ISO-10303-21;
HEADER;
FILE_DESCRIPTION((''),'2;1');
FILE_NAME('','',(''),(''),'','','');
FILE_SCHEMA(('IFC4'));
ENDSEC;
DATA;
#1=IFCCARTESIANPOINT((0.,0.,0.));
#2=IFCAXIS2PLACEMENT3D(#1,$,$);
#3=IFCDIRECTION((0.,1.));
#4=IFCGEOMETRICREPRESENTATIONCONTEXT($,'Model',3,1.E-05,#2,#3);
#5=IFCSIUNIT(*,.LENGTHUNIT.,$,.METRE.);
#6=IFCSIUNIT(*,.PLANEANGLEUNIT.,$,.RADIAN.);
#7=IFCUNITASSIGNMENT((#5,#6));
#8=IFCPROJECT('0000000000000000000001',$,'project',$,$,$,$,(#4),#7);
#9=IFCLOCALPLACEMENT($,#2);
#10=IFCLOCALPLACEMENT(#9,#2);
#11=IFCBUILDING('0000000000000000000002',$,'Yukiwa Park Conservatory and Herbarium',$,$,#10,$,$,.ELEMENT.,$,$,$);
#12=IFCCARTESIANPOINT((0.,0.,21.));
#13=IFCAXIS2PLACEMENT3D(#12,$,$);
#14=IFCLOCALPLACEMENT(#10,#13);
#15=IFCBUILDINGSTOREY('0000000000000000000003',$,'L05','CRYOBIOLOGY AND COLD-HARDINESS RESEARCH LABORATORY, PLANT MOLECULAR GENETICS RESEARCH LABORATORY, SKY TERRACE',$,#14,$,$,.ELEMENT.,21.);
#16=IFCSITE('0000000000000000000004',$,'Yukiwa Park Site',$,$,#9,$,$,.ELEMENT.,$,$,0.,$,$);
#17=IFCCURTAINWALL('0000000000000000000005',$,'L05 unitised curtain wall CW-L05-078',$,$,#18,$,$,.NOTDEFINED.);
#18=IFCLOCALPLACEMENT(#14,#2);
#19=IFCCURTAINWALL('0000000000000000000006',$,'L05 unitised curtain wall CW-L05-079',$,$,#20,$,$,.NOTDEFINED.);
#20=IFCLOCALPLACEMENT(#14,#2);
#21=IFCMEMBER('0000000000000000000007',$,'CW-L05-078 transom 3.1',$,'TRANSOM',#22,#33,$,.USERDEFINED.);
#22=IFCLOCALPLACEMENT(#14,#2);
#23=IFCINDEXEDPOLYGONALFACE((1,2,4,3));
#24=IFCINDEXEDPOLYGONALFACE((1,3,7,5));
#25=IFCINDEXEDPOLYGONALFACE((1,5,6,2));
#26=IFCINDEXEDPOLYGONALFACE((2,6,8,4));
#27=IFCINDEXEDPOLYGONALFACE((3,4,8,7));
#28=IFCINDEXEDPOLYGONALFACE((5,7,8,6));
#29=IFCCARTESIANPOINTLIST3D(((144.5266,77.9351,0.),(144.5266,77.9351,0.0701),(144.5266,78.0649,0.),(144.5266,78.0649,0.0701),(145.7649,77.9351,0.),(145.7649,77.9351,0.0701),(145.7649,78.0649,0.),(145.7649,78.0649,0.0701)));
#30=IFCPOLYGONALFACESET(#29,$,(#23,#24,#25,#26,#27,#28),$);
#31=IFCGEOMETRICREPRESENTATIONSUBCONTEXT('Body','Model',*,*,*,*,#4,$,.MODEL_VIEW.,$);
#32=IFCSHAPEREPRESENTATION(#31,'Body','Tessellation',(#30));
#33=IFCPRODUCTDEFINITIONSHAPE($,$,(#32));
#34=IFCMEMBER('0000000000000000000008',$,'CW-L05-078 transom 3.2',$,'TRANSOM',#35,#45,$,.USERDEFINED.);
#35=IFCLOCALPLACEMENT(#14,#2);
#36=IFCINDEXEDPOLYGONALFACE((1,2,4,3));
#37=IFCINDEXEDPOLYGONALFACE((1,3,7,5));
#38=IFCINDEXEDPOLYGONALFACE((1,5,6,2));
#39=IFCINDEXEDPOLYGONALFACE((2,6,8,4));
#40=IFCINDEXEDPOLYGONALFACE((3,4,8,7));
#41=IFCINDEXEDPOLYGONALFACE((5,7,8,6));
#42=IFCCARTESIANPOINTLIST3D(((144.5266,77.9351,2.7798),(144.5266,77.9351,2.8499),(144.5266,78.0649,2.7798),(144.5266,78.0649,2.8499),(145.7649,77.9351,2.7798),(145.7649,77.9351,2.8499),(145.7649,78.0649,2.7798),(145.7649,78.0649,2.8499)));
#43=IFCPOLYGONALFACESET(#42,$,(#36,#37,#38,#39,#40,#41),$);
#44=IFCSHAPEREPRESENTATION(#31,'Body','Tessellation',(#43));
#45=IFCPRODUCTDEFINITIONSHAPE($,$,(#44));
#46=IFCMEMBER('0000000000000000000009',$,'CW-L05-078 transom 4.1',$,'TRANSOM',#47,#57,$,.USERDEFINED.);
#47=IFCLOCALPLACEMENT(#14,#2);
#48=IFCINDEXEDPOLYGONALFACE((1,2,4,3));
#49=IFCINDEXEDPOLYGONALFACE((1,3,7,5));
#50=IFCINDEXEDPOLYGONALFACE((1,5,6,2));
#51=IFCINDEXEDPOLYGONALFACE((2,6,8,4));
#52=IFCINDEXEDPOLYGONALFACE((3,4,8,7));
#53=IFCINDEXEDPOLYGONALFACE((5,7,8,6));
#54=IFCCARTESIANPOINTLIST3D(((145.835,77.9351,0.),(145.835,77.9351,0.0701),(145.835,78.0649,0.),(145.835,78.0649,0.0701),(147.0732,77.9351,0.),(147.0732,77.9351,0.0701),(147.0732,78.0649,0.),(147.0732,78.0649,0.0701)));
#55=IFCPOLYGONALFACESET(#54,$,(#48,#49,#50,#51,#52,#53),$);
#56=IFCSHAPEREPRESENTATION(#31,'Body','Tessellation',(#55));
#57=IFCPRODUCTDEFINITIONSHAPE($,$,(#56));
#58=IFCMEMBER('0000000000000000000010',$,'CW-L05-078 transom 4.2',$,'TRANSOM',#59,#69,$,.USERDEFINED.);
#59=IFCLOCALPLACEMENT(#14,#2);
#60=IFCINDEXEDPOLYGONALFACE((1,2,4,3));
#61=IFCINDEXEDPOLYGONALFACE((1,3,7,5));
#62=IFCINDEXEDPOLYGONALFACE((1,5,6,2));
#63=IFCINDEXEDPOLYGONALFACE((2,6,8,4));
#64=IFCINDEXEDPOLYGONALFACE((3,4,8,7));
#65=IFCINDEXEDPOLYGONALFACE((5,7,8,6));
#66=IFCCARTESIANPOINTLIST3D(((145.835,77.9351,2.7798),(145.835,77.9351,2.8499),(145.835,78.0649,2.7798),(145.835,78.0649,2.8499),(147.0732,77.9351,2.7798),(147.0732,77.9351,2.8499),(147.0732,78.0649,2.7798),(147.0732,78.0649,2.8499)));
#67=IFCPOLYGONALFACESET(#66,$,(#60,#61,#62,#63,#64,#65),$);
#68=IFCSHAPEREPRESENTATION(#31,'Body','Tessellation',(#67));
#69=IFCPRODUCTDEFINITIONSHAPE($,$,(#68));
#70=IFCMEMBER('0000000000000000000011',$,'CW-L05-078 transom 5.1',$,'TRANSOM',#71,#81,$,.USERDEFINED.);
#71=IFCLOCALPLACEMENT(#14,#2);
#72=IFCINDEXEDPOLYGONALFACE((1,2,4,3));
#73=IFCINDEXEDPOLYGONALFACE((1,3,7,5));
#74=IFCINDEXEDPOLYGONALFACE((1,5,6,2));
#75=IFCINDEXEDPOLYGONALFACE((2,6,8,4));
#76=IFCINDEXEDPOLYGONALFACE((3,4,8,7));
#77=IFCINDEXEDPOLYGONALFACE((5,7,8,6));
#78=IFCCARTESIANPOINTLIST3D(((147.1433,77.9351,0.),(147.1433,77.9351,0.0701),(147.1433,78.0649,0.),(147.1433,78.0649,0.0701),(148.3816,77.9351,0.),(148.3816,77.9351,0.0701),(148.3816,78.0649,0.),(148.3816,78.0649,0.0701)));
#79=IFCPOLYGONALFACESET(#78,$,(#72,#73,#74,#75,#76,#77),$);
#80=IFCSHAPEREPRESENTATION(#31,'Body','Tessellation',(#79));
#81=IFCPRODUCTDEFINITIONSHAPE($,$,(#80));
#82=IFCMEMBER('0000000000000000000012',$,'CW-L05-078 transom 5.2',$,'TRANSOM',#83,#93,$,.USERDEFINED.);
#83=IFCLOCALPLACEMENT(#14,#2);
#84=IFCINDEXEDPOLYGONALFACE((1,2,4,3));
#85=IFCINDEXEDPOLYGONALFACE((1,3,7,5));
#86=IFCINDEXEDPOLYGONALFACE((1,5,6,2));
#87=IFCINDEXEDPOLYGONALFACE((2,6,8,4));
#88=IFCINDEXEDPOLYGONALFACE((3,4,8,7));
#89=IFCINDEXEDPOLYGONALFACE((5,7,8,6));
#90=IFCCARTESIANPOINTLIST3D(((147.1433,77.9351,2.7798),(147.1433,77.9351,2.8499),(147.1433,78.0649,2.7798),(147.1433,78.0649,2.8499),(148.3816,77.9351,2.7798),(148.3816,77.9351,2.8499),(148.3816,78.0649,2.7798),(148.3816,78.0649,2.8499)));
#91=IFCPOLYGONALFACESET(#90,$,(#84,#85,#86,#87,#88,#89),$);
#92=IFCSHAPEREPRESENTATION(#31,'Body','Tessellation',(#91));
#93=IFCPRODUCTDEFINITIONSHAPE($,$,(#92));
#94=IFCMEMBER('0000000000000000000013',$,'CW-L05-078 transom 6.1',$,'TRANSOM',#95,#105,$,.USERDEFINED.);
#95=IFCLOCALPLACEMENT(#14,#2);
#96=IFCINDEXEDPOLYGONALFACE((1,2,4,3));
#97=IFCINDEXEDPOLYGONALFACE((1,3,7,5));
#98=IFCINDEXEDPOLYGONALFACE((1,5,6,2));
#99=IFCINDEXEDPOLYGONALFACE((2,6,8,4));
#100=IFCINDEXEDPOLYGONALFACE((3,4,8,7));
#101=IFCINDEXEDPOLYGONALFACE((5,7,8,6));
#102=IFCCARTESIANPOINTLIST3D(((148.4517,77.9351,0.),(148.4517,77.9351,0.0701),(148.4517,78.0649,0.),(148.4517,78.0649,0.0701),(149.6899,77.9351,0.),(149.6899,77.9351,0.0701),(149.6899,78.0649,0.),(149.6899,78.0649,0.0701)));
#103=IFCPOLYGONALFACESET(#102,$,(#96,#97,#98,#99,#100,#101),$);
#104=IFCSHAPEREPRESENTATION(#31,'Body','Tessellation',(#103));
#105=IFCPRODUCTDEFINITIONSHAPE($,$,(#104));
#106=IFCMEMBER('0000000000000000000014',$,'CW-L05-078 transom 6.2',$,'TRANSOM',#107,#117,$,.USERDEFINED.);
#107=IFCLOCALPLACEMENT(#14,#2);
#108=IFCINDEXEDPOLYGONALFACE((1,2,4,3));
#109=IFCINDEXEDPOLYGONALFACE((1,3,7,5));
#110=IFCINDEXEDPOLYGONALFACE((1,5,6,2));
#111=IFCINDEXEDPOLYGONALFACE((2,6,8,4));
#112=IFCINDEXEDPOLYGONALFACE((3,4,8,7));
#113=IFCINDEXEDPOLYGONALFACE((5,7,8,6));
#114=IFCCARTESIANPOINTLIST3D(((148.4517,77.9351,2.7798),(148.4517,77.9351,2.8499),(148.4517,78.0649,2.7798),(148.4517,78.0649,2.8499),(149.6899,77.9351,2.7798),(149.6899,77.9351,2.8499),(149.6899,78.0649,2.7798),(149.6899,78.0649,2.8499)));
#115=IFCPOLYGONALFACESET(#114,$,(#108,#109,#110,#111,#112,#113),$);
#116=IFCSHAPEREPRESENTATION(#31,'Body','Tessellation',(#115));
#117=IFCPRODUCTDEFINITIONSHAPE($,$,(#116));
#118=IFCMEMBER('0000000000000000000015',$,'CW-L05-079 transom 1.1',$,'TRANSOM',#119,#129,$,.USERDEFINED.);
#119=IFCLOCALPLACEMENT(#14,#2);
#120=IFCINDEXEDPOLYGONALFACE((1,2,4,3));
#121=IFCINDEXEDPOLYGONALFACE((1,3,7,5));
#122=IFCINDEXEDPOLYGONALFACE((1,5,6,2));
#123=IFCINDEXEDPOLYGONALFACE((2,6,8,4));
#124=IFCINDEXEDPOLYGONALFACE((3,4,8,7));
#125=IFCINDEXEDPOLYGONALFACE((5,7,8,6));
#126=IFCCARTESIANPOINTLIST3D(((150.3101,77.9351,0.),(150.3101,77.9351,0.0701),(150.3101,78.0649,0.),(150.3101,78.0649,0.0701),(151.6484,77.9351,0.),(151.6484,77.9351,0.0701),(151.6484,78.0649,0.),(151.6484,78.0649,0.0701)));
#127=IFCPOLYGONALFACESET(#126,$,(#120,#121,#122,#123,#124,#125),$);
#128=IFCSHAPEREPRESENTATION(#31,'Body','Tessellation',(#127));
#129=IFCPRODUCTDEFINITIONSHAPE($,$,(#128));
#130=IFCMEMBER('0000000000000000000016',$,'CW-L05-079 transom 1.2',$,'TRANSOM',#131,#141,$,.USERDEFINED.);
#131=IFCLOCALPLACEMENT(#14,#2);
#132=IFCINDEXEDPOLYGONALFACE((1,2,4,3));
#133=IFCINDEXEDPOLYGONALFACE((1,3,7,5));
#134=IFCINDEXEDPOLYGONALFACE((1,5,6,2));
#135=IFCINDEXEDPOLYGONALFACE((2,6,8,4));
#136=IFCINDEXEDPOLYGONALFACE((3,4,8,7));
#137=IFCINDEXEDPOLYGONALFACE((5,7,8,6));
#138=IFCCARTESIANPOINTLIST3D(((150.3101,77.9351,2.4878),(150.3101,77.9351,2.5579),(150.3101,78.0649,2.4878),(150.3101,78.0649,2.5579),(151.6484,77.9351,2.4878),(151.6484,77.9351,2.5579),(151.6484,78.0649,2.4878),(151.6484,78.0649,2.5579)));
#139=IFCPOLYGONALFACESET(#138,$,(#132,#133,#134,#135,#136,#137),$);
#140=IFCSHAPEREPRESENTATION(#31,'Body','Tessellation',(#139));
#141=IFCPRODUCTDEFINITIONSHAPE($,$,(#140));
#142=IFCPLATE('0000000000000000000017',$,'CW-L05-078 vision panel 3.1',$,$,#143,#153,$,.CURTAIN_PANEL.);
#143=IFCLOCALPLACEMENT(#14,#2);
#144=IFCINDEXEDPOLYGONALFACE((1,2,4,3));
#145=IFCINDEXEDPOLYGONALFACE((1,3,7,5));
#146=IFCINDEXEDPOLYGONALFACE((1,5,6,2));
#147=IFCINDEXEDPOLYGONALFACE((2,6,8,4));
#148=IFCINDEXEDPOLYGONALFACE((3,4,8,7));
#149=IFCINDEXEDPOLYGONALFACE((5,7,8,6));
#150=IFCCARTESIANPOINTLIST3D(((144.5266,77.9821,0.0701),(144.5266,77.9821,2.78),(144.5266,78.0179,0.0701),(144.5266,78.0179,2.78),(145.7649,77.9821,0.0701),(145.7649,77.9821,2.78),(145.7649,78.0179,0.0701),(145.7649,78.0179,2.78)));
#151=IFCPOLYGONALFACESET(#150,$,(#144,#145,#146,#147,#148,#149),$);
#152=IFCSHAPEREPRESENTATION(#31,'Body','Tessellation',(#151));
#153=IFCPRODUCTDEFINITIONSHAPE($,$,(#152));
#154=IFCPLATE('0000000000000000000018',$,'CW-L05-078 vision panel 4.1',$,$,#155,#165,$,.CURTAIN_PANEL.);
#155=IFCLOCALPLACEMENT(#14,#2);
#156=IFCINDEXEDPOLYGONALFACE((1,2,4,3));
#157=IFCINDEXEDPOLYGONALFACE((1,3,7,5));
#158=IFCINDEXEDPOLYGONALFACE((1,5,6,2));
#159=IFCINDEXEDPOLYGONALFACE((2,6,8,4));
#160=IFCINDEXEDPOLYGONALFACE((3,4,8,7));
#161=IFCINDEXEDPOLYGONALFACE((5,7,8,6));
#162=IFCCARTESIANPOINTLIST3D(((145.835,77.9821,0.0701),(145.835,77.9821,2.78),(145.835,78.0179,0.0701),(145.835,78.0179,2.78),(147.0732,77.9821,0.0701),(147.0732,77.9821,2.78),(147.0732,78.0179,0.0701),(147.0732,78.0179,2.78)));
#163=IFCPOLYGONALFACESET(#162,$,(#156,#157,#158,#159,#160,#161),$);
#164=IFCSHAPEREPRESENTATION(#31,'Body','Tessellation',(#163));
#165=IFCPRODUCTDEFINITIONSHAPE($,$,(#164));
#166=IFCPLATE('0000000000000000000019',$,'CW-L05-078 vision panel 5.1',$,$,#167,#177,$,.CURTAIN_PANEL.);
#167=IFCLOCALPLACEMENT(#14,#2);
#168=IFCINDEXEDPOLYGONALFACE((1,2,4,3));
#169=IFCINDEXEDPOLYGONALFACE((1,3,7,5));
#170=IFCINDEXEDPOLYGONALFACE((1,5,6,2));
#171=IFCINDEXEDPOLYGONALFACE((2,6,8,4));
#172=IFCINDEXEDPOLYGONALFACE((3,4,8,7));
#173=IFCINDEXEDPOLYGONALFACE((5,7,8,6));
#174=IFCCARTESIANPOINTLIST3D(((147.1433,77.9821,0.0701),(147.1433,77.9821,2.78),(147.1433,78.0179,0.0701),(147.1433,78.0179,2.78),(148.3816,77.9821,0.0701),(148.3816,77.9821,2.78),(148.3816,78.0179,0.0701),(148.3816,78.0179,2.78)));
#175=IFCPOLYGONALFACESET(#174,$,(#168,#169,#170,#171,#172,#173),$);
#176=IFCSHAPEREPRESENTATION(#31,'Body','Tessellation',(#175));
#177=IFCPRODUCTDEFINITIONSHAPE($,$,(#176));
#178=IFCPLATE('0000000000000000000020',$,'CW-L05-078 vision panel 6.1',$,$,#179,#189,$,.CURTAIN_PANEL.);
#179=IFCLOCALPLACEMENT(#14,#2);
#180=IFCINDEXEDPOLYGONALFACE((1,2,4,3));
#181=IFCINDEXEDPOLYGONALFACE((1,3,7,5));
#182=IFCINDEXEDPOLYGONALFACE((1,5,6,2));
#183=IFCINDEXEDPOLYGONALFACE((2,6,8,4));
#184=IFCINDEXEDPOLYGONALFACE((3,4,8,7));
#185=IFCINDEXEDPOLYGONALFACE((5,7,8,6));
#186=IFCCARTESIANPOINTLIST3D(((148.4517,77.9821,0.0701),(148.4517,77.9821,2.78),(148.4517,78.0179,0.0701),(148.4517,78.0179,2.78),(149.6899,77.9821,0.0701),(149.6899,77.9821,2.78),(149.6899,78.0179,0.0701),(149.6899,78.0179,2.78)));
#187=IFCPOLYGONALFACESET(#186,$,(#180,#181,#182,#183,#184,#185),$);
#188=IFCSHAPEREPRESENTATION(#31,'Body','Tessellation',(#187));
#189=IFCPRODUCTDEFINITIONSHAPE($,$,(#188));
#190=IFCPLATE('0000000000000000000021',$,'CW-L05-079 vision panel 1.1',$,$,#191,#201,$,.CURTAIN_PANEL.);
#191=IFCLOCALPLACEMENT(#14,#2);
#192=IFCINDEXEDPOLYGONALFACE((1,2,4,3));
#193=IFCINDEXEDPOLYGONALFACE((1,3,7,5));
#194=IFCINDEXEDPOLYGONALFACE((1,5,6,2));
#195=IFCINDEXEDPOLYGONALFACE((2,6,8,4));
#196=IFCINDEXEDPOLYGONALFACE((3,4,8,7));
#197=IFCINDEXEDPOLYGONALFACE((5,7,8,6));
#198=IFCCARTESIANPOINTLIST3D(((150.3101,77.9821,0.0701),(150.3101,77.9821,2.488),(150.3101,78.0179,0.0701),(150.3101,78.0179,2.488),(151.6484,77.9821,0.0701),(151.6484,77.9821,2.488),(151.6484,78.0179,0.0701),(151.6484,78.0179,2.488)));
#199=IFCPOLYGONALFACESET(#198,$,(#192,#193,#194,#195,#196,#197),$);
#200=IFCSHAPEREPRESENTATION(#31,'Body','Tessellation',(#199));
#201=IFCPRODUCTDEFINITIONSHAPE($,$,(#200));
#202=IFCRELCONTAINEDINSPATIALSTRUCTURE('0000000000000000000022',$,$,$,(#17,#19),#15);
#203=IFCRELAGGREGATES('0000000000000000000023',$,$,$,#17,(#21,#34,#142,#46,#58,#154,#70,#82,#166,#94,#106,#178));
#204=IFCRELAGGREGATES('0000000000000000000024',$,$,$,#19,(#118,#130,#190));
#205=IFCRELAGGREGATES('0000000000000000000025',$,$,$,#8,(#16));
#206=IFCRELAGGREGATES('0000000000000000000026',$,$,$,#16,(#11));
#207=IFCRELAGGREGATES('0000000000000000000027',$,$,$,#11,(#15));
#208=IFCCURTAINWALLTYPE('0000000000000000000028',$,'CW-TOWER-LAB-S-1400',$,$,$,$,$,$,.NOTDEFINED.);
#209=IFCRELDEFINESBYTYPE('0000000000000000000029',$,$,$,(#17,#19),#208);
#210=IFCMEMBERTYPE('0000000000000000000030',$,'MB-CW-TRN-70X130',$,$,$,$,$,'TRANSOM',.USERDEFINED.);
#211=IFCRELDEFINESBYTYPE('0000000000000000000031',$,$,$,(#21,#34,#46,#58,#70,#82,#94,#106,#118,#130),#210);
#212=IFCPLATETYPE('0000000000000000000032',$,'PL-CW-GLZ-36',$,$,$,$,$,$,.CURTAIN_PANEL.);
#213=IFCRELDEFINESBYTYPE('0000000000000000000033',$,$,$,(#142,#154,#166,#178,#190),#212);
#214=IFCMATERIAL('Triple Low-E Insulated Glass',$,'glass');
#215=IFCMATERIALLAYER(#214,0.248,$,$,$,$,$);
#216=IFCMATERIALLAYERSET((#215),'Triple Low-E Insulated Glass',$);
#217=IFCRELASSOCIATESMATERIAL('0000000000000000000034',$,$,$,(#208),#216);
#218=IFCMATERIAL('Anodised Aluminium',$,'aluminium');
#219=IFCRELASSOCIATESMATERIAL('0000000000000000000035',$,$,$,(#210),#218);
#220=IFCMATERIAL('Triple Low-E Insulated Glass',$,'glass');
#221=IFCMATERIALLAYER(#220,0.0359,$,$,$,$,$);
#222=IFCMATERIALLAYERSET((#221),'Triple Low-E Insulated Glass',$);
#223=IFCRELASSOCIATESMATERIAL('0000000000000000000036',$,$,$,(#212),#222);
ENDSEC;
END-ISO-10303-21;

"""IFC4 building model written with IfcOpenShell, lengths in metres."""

from ifc_helpers import new_model, si_unit, direction, frame, origin, origin_2d, place, context, subcontext, project, spatial, rectangle, extrude, material, layer, layer_set, type_object, element, aggregate, save


model = new_model("IFC4")

# Units and contexts
model_context = context("Model", 3, precision=1e-05, world=origin(), true_north=direction((0.0, 1.0)))
body_context = subcontext(model_context, "Body", "Model", "MODEL_VIEW")
ifc_project = project(units=[si_unit("LENGTHUNIT", "METRE"), si_unit("PLANEANGLEUNIT", "RADIAN")], contexts=[model_context])

# Site, building, storey
site_placement = place(None, origin())
site = spatial("IfcSite", under=ifc_project, at=site_placement, Name="Yukiwa Park Site", CompositionType="ELEMENT", RefElevation=0.0)
building_placement = place(site_placement, origin())
building = spatial("IfcBuilding", under=site, at=building_placement, Name="Yukiwa Park Conservatory and Herbarium", CompositionType="ELEMENT")
storey_placement = place(building_placement, frame((0.0, 0.0, 21.0)))
storey = spatial("IfcBuildingStorey", under=building, at=storey_placement, Name="L05", Description="CRYOBIOLOGY AND COLD-HARDINESS RESEARCH LABORATORY, PLANT MOLECULAR GENETICS RESEARCH LABORATORY, SKY TERRACE", CompositionType="ELEMENT", Elevation=21.0)

# Curtain wall
ifc_material_1 = material(Name="Triple Low-E Insulated Glass", Category="glass")
ifc_layer_1 = layer(ifc_material_1, 0.248)
ifc_layer_set_1 = layer_set([ifc_layer_1], Name="Triple Low-E Insulated Glass")
curtain_wall_type = type_object("IfcCurtainWallType", Name="CW-TOWER-LAB-S-1400", PredefinedType="NOTDEFINED", material=ifc_layer_set_1)
curtain_wall_1_placement = place(storey_placement, origin())
curtain_wall_1 = element("IfcCurtainWall", 1, at=curtain_wall_1_placement, inside=storey, type_object=curtain_wall_type, Name="L05 unitised curtain wall CW-L05-078", PredefinedType="NOTDEFINED")

# Curtain wall
curtain_wall_2_placement = place(storey_placement, origin())
curtain_wall_2 = element("IfcCurtainWall", 2, at=curtain_wall_2_placement, inside=storey, type_object=curtain_wall_type, Name="L05 unitised curtain wall CW-L05-079", PredefinedType="NOTDEFINED")

# Members
ifc_material_2 = material(Name="Anodised Aluminium", Category="aluminium")
member_type_1 = type_object("IfcMemberType", Name="MB-CW-TRN-70X130", ElementType="TRANSOM", PredefinedType="USERDEFINED", material=ifc_material_2)
member_1_placement = place(storey_placement, frame((145.1458, 78.0, 0.0), z_axis=(0.0, 0.0, 1.0), x_axis=(1.0, 0.0, 0.0)))
member_1 = element("IfcMember", 3, at=member_1_placement, type_object=member_type_1, Name="CW-L05-078 transom 3.1", ObjectType="TRANSOM", PredefinedType="USERDEFINED", context=body_context, shape_type="SweptSolid", body=[
    extrude(rectangle(XDim=1.2383, YDim=0.1299, at=origin_2d()), origin(), (0.0, 0.0, 1.0), 0.0701),
])
member_2_placement = place(storey_placement, frame((145.1458, 78.0, 2.7798), z_axis=(0.0, 0.0, 1.0), x_axis=(1.0, 0.0, 0.0)))
member_2 = element("IfcMember", 4, at=member_2_placement, type_object=member_type_1, Name="CW-L05-078 transom 3.2", ObjectType="TRANSOM", PredefinedType="USERDEFINED", context=body_context, shape_type="SweptSolid", body=[
    extrude(rectangle(XDim=1.2383, YDim=0.1299, at=origin_2d()), origin(), (0.0, 0.0, 1.0), 0.0701),
])
member_3_placement = place(storey_placement, frame((146.4541, 78.0, 0.0), z_axis=(0.0, 0.0, 1.0), x_axis=(1.0, 0.0, 0.0)))
member_3 = element("IfcMember", 5, at=member_3_placement, type_object=member_type_1, Name="CW-L05-078 transom 4.1", ObjectType="TRANSOM", PredefinedType="USERDEFINED", context=body_context, shape_type="SweptSolid", body=[
    extrude(rectangle(XDim=1.2383, YDim=0.1299, at=origin_2d()), origin(), (0.0, 0.0, 1.0), 0.0701),
])
member_4_placement = place(storey_placement, frame((146.4541, 78.0, 2.7798), z_axis=(0.0, 0.0, 1.0), x_axis=(1.0, 0.0, 0.0)))
member_4 = element("IfcMember", 6, at=member_4_placement, type_object=member_type_1, Name="CW-L05-078 transom 4.2", ObjectType="TRANSOM", PredefinedType="USERDEFINED", context=body_context, shape_type="SweptSolid", body=[
    extrude(rectangle(XDim=1.2383, YDim=0.1299, at=origin_2d()), origin(), (0.0, 0.0, 1.0), 0.0701),
])
member_5_placement = place(storey_placement, frame((147.7625, 78.0, 0.0), z_axis=(0.0, 0.0, 1.0), x_axis=(1.0, 0.0, 0.0)))
member_5 = element("IfcMember", 7, at=member_5_placement, type_object=member_type_1, Name="CW-L05-078 transom 5.1", ObjectType="TRANSOM", PredefinedType="USERDEFINED", context=body_context, shape_type="SweptSolid", body=[
    extrude(rectangle(XDim=1.2383, YDim=0.1299, at=origin_2d()), origin(), (0.0, 0.0, 1.0), 0.0701),
])
member_6_placement = place(storey_placement, frame((147.7625, 78.0, 2.7798), z_axis=(0.0, 0.0, 1.0), x_axis=(1.0, 0.0, 0.0)))
member_6 = element("IfcMember", 8, at=member_6_placement, type_object=member_type_1, Name="CW-L05-078 transom 5.2", ObjectType="TRANSOM", PredefinedType="USERDEFINED", context=body_context, shape_type="SweptSolid", body=[
    extrude(rectangle(XDim=1.2383, YDim=0.1299, at=origin_2d()), origin(), (0.0, 0.0, 1.0), 0.0701),
])
member_7_placement = place(storey_placement, frame((149.0708, 78.0, 0.0), z_axis=(0.0, 0.0, 1.0), x_axis=(1.0, 0.0, 0.0)))
member_7 = element("IfcMember", 9, at=member_7_placement, type_object=member_type_1, Name="CW-L05-078 transom 6.1", ObjectType="TRANSOM", PredefinedType="USERDEFINED", context=body_context, shape_type="SweptSolid", body=[
    extrude(rectangle(XDim=1.2383, YDim=0.1299, at=origin_2d()), origin(), (0.0, 0.0, 1.0), 0.0701),
])
member_8_placement = place(storey_placement, frame((149.0708, 78.0, 2.7798), z_axis=(0.0, 0.0, 1.0), x_axis=(1.0, 0.0, 0.0)))
member_8 = element("IfcMember", 10, at=member_8_placement, type_object=member_type_1, Name="CW-L05-078 transom 6.2", ObjectType="TRANSOM", PredefinedType="USERDEFINED", context=body_context, shape_type="SweptSolid", body=[
    extrude(rectangle(XDim=1.2383, YDim=0.1299, at=origin_2d()), origin(), (0.0, 0.0, 1.0), 0.0701),
])
member_9_placement = place(storey_placement, frame((150.9792, 78.0, 0.0), z_axis=(0.0, 0.0, 1.0), x_axis=(1.0, 0.0, 0.0)))
member_9 = element("IfcMember", 11, at=member_9_placement, type_object=member_type_1, Name="CW-L05-079 transom 1.1", ObjectType="TRANSOM", PredefinedType="USERDEFINED", context=body_context, shape_type="SweptSolid", body=[
    extrude(rectangle(XDim=1.3384, YDim=0.1299, at=origin_2d()), origin(), (0.0, 0.0, 1.0), 0.0701),
])
member_10_placement = place(storey_placement, frame((150.9792, 78.0, 2.4878), z_axis=(0.0, 0.0, 1.0), x_axis=(1.0, 0.0, 0.0)))
member_10 = element("IfcMember", 12, at=member_10_placement, type_object=member_type_1, Name="CW-L05-079 transom 1.2", ObjectType="TRANSOM", PredefinedType="USERDEFINED", context=body_context, shape_type="SweptSolid", body=[
    extrude(rectangle(XDim=1.3384, YDim=0.1299, at=origin_2d()), origin(), (0.0, 0.0, 1.0), 0.0701),
])

# Plates
ifc_material_3 = material(Name="Triple Low-E Insulated Glass", Category="glass")
ifc_layer_2 = layer(ifc_material_3, 0.0359)
ifc_layer_set_2 = layer_set([ifc_layer_2], Name="Triple Low-E Insulated Glass")
plate_type_1 = type_object("IfcPlateType", Name="PL-CW-GLZ-36", PredefinedType="CURTAIN_PANEL", material=ifc_layer_set_2)
plate_1_placement = place(storey_placement, frame((145.1458, 78.0, 0.0701), z_axis=(0.0, 0.0, 1.0), x_axis=(1.0, 0.0, 0.0)))
plate_1 = element("IfcPlate", 13, at=plate_1_placement, type_object=plate_type_1, Name="CW-L05-078 vision panel 3.1", PredefinedType="CURTAIN_PANEL", context=body_context, shape_type="SweptSolid", body=[
    extrude(rectangle(XDim=1.2383, YDim=0.0359, at=origin_2d()), origin(), (0.0, 0.0, 1.0), 2.71),
])
plate_2_placement = place(storey_placement, frame((146.4541, 78.0, 0.0701), z_axis=(0.0, 0.0, 1.0), x_axis=(1.0, 0.0, 0.0)))
plate_2 = element("IfcPlate", 14, at=plate_2_placement, type_object=plate_type_1, Name="CW-L05-078 vision panel 4.1", PredefinedType="CURTAIN_PANEL", context=body_context, shape_type="SweptSolid", body=[
    extrude(rectangle(XDim=1.2383, YDim=0.0359, at=origin_2d()), origin(), (0.0, 0.0, 1.0), 2.71),
])
plate_3_placement = place(storey_placement, frame((147.7625, 78.0, 0.0701), z_axis=(0.0, 0.0, 1.0), x_axis=(1.0, 0.0, 0.0)))
plate_3 = element("IfcPlate", 15, at=plate_3_placement, type_object=plate_type_1, Name="CW-L05-078 vision panel 5.1", PredefinedType="CURTAIN_PANEL", context=body_context, shape_type="SweptSolid", body=[
    extrude(rectangle(XDim=1.2383, YDim=0.0359, at=origin_2d()), origin(), (0.0, 0.0, 1.0), 2.71),
])
plate_4_placement = place(storey_placement, frame((149.0708, 78.0, 0.0701), z_axis=(0.0, 0.0, 1.0), x_axis=(1.0, 0.0, 0.0)))
plate_4 = element("IfcPlate", 16, at=plate_4_placement, type_object=plate_type_1, Name="CW-L05-078 vision panel 6.1", PredefinedType="CURTAIN_PANEL", context=body_context, shape_type="SweptSolid", body=[
    extrude(rectangle(XDim=1.2383, YDim=0.0359, at=origin_2d()), origin(), (0.0, 0.0, 1.0), 2.71),
])
aggregate(curtain_wall_1, [member_1, member_2, plate_1, member_3, member_4, plate_2, member_5, member_6, plate_3, member_7, member_8, plate_4])
plate_5_placement = place(storey_placement, frame((150.9792, 78.0, 0.0701), z_axis=(0.0, 0.0, 1.0), x_axis=(1.0, 0.0, 0.0)))
plate_5 = element("IfcPlate", 17, at=plate_5_placement, type_object=plate_type_1, Name="CW-L05-079 vision panel 1.1", PredefinedType="CURTAIN_PANEL", context=body_context, shape_type="SweptSolid", body=[
    extrude(rectangle(XDim=1.3384, YDim=0.0359, at=origin_2d()), origin(), (0.0, 0.0, 1.0), 2.418),
])
aggregate(curtain_wall_2, [member_9, member_10, plate_5])

save(model, "model.ifc")
